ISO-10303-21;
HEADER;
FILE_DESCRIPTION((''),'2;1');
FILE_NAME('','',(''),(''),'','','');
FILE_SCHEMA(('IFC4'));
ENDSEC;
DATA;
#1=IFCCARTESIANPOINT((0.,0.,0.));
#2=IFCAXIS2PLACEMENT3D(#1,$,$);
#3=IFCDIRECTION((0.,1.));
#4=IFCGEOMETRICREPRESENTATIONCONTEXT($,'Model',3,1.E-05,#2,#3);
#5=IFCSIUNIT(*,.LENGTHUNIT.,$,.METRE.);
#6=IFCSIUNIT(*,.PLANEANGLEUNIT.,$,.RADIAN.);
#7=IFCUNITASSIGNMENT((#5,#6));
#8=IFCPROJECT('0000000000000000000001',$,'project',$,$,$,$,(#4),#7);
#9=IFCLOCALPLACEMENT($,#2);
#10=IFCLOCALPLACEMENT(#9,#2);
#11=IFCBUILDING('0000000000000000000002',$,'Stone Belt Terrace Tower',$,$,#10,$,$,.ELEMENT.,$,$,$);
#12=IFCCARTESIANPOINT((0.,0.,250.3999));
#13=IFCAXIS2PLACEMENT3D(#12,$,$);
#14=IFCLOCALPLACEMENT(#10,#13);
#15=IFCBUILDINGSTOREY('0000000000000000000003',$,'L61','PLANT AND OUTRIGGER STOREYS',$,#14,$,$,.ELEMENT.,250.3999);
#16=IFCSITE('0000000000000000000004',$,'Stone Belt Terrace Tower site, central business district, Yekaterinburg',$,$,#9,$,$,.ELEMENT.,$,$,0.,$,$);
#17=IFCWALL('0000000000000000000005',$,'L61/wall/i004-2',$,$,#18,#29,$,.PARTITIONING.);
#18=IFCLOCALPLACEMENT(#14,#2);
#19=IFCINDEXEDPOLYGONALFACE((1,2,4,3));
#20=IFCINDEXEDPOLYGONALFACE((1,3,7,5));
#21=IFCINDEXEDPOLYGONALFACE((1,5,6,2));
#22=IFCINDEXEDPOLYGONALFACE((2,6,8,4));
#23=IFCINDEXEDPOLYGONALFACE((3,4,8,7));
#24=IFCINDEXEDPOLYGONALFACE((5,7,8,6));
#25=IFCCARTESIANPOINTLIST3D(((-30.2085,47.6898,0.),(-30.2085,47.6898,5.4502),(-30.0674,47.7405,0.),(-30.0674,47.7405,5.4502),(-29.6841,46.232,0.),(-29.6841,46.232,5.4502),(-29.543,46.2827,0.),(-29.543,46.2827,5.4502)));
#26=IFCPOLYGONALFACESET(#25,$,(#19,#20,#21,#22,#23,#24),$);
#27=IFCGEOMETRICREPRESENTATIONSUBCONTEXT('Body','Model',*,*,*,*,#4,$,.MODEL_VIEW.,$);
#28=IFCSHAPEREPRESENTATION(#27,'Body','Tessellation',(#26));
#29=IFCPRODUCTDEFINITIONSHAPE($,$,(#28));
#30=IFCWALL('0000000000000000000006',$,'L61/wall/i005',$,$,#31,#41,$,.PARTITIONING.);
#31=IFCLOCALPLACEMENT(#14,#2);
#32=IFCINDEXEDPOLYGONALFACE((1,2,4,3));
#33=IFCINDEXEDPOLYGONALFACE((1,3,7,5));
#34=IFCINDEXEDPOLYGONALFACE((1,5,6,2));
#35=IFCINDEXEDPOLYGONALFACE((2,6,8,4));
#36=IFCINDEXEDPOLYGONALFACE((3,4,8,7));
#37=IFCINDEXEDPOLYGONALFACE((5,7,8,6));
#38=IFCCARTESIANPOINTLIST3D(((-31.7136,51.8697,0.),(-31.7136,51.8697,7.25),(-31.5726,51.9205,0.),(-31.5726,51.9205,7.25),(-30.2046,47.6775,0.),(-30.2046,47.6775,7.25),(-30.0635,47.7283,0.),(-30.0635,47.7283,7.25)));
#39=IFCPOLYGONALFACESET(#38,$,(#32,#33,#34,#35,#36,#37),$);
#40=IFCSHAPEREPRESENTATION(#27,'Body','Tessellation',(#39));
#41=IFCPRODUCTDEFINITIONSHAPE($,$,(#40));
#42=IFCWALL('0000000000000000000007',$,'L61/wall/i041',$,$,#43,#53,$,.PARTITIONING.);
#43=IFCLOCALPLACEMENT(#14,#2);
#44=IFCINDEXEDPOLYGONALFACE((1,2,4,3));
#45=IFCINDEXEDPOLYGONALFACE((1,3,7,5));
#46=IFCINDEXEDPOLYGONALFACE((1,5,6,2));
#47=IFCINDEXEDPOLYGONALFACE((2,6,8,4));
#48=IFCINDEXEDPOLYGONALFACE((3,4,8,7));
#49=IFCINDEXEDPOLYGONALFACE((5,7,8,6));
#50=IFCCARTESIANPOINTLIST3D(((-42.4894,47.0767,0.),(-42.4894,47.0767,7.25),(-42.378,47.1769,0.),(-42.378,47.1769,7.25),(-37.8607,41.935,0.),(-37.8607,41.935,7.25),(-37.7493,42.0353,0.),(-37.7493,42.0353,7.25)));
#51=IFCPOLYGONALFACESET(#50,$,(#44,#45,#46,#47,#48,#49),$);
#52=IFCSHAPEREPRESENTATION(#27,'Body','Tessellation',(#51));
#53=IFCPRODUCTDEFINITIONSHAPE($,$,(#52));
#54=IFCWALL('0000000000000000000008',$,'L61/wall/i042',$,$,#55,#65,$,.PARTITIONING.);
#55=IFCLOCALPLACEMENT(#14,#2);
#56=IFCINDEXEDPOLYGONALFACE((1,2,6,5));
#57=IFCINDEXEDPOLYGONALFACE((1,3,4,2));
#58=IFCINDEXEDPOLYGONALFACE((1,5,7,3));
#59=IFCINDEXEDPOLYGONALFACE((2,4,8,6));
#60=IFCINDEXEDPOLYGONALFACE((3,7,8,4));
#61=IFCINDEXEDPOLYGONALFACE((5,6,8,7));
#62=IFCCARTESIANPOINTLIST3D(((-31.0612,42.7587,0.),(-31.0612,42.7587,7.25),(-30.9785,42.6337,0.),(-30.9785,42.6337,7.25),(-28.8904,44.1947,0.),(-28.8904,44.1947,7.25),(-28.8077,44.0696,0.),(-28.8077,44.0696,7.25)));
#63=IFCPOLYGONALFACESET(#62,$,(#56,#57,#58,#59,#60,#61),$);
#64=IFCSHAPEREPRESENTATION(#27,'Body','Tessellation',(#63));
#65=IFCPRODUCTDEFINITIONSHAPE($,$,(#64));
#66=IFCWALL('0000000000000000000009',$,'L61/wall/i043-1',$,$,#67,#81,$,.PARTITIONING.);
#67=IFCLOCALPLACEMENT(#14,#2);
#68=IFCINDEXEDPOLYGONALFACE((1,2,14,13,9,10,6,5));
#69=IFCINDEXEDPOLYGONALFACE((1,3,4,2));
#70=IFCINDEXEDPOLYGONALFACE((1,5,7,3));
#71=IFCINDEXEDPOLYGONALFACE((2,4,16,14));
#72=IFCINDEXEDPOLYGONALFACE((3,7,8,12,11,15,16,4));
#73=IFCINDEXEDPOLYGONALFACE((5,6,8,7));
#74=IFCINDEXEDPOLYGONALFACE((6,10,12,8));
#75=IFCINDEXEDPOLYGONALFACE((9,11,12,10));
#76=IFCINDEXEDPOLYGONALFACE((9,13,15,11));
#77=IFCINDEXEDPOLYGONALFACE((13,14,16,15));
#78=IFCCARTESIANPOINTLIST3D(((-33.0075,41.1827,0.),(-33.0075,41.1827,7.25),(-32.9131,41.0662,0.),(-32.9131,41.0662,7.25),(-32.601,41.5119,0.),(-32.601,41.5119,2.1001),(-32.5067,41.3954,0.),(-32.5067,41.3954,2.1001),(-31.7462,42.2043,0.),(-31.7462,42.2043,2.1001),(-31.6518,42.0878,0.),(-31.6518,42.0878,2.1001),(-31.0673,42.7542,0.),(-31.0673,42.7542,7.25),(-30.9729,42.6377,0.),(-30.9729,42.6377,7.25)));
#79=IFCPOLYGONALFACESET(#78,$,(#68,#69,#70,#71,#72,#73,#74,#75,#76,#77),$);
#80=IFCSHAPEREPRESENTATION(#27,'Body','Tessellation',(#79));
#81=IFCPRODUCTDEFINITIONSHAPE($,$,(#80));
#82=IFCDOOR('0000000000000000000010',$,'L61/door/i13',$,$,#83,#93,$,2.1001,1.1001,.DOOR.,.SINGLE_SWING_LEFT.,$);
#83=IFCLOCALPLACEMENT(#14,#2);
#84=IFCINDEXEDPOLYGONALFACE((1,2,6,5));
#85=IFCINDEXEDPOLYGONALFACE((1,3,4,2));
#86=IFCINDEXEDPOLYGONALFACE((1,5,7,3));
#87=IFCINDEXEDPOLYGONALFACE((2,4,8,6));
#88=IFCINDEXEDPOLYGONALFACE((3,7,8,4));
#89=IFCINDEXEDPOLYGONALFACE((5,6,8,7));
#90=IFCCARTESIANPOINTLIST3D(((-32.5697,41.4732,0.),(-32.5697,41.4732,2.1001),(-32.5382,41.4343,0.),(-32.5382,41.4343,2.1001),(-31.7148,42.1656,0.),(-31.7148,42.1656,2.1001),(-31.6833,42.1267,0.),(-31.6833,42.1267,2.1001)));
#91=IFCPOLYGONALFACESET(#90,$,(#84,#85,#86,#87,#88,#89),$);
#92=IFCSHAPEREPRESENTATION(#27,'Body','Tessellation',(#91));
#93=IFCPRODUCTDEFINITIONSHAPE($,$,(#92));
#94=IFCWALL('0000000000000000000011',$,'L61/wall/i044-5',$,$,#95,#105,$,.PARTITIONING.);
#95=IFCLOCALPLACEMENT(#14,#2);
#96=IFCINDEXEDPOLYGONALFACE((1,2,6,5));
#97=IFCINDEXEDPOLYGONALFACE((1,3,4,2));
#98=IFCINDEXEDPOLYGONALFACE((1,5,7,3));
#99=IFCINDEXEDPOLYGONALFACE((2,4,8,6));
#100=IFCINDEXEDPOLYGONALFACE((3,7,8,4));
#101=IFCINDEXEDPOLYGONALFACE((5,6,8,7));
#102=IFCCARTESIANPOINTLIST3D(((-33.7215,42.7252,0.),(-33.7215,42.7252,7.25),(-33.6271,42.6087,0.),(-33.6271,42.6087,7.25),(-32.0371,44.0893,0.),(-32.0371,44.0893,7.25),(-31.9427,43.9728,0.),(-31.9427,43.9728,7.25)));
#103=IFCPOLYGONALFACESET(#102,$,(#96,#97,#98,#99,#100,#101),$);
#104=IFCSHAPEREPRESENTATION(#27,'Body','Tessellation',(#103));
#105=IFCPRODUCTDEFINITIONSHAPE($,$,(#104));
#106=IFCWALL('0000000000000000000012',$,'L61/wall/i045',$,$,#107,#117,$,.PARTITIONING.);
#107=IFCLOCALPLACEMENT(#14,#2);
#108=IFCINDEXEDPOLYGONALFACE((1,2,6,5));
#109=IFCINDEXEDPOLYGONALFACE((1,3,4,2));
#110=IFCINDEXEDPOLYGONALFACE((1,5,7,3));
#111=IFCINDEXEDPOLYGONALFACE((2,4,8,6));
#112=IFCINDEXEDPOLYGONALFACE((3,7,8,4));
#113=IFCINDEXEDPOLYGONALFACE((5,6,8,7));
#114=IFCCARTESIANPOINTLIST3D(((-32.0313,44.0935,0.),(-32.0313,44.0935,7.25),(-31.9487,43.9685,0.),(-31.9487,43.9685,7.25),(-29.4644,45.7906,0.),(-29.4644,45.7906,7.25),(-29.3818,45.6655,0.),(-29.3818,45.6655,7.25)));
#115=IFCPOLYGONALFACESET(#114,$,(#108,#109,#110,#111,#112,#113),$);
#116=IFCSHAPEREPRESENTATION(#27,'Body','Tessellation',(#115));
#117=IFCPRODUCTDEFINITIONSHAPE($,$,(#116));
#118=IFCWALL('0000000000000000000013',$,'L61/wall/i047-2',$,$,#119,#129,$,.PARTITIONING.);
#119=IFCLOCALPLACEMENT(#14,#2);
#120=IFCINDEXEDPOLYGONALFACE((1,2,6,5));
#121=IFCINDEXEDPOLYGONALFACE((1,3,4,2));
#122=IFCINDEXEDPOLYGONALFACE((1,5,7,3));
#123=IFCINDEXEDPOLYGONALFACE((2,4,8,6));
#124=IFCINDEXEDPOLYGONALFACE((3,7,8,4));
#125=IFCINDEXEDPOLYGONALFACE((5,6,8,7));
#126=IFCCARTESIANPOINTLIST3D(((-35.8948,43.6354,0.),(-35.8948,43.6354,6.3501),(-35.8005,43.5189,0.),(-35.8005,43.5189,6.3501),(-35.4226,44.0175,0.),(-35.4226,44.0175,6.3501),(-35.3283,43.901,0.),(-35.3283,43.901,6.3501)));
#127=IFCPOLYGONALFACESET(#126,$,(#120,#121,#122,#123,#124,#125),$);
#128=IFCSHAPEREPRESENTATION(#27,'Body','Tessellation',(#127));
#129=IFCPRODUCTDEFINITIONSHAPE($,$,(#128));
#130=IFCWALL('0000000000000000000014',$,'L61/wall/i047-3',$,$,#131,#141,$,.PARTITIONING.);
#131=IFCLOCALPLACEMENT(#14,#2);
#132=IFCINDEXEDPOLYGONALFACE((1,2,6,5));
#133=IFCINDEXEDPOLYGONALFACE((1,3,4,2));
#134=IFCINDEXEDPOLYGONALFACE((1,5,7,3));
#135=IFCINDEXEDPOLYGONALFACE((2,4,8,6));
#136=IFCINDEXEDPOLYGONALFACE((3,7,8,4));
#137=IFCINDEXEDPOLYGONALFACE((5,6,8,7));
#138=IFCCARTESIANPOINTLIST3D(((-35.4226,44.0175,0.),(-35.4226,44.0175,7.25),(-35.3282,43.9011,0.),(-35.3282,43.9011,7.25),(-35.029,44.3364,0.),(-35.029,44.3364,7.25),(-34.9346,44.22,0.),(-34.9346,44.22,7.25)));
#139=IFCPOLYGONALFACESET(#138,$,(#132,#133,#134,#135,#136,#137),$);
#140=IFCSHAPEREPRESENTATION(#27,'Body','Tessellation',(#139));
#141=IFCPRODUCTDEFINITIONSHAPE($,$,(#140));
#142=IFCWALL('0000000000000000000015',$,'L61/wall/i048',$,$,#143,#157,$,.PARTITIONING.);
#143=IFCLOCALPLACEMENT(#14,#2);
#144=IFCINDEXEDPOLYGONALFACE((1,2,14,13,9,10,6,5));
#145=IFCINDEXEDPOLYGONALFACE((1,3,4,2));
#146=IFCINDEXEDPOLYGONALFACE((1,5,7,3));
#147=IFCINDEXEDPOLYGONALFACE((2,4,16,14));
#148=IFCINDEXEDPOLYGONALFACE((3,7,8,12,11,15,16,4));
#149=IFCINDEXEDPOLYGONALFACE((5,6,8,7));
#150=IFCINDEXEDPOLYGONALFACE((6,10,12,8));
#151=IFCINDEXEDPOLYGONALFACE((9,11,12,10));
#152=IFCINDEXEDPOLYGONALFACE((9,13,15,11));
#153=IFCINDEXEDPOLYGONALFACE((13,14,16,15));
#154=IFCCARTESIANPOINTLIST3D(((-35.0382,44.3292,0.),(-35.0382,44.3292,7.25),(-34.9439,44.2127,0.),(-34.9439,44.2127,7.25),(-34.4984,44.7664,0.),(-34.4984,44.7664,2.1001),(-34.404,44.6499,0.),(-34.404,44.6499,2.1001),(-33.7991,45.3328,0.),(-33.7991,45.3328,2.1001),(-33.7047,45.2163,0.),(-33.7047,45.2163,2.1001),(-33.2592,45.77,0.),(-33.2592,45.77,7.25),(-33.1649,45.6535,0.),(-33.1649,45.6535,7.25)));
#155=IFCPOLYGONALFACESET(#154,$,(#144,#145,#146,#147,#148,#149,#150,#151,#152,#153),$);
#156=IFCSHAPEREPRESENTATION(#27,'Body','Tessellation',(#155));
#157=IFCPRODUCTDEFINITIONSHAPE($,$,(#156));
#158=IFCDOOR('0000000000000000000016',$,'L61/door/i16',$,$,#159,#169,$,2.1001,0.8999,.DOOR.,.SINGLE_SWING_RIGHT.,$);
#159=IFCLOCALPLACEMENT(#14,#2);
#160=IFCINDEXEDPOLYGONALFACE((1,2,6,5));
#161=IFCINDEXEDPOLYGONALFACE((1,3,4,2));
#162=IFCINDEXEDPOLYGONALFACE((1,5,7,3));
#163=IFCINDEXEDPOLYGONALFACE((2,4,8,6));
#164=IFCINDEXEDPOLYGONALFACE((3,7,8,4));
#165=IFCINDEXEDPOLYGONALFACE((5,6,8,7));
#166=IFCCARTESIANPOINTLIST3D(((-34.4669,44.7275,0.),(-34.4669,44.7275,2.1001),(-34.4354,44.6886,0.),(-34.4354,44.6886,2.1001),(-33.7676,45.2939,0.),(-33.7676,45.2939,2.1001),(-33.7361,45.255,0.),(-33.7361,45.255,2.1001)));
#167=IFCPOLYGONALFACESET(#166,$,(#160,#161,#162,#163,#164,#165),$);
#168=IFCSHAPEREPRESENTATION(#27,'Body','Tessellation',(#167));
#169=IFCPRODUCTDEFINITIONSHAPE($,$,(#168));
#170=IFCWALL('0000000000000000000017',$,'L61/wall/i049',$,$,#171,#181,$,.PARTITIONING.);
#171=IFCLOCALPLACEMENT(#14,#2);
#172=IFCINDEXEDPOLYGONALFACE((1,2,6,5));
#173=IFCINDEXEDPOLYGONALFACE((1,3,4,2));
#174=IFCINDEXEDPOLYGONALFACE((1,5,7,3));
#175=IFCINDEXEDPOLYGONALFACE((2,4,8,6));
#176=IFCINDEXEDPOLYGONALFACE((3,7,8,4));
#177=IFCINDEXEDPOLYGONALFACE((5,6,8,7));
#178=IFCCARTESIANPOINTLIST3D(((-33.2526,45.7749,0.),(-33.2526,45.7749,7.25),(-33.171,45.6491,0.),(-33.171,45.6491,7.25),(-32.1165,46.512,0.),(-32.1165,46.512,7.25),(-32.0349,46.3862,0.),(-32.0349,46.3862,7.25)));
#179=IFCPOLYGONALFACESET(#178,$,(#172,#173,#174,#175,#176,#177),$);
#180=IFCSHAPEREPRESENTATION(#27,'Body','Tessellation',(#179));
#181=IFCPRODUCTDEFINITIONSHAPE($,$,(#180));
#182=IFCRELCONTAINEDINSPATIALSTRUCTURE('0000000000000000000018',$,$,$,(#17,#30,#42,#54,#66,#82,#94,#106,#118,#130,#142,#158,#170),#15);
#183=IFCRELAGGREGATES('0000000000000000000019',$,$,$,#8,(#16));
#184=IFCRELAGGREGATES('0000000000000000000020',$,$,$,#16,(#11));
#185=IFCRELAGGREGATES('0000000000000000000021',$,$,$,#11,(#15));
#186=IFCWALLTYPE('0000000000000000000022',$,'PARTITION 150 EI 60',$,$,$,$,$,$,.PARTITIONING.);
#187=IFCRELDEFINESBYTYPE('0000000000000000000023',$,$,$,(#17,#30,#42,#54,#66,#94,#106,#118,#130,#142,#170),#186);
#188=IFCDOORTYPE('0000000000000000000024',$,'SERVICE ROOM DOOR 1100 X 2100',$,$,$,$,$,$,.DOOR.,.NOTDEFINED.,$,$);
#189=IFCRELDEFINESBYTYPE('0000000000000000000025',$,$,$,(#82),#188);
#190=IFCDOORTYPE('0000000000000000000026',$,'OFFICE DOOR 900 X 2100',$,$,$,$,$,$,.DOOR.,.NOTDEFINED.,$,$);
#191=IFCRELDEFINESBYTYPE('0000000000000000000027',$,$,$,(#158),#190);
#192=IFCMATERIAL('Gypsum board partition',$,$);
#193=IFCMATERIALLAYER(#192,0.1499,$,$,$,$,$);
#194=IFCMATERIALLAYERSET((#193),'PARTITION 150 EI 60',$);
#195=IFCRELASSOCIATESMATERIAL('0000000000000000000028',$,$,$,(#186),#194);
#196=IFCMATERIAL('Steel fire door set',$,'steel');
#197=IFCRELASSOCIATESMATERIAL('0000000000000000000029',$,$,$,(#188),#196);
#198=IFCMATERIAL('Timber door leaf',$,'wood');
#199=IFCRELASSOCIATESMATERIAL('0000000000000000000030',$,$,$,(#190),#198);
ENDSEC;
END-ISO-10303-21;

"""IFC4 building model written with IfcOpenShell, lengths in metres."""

from ifc_helpers import new_model, si_unit, direction, frame, frame_2d, origin, place, context, subcontext, project, spatial, rectangle, extrude, material, layer, layer_set, type_object, element, fill, save


model = new_model("IFC4")

# Units and contexts
model_context = context("Model", 3, precision=1e-05, world=origin(), true_north=direction((0.0, 1.0)))
body_context = subcontext(model_context, "Body", "Model", "MODEL_VIEW")
ifc_project = project(units=[si_unit("LENGTHUNIT", "METRE"), si_unit("PLANEANGLEUNIT", "RADIAN")], contexts=[model_context])

# Site, building, storey
site_placement = place(None, origin())
site = spatial("IfcSite", under=ifc_project, at=site_placement, Name="Stone Belt Terrace Tower site, central business district, Yekaterinburg", CompositionType="ELEMENT", RefElevation=0.0)
building_placement = place(site_placement, origin())
building = spatial("IfcBuilding", under=site, at=building_placement, Name="Stone Belt Terrace Tower", CompositionType="ELEMENT")
storey_placement = place(building_placement, frame((0.0, 0.0, 250.3999)))
storey = spatial("IfcBuildingStorey", under=building, at=storey_placement, Name="L61", Description="PLANT AND OUTRIGGER STOREYS", CompositionType="ELEMENT", Elevation=250.3999)

# Walls
ifc_material_1 = material(Name="Gypsum board partition")
ifc_layer_1 = layer(ifc_material_1, 0.1499)
ifc_layer_set_1 = layer_set([ifc_layer_1], Name="PARTITION 150 EI 60")
wall_type_1 = type_object("IfcWallType", Name="PARTITION 150 EI 60", PredefinedType="PARTITIONING", material=ifc_layer_set_1)
wall_1_placement = place(storey_placement, frame((-29.6135, 46.2573, 0.0), z_axis=(0.0, 0.0, 1.0), x_axis=(-0.338502, 0.940966, 0.0)))
element("IfcWall", 1, at=wall_1_placement, inside=storey, type_object=wall_type_1, Name="L61/wall/i004-2", PredefinedType="PARTITIONING", context=body_context, shape_type="SweptSolid", body=[
    extrude(rectangle(XDim=1.5493, YDim=0.1499, at=frame_2d((0.7747, 0.0))), origin(), (0.0, 0.0, 1.0), 5.4502),
])
wall_2_placement = place(storey_placement, frame((-30.134, 47.7029, 0.0), z_axis=(0.0, 0.0, 1.0), x_axis=(-0.338692, 0.940897, 0.0)))
element("IfcWall", 2, at=wall_2_placement, inside=storey, type_object=wall_type_1, Name="L61/wall/i005", PredefinedType="PARTITIONING", context=body_context, shape_type="SweptSolid", body=[
    extrude(rectangle(XDim=4.4556, YDim=0.1499, at=frame_2d((2.2278, 0.0))), origin(), (0.0, 0.0, 1.0), 7.25),
])
wall_3_placement = place(storey_placement, frame((-42.4336, 47.1267, 0.0), z_axis=(0.0, 0.0, 1.0), x_axis=(0.669062, -0.743206, 0.0)))
element("IfcWall", 3, at=wall_3_placement, inside=storey, type_object=wall_type_1, Name="L61/wall/i041", PredefinedType="PARTITIONING", context=body_context, shape_type="SweptSolid", body=[
    extrude(rectangle(XDim=6.9182, YDim=0.1499, at=frame_2d((3.459, 0.0))), origin(), (0.0, 0.0, 1.0), 7.25),
])
wall_4_placement = place(storey_placement, frame((-28.8491, 44.1321, 0.0), z_axis=(0.0, 0.0, 1.0), x_axis=(-0.834036, -0.55171, 0.0)))
element("IfcWall", 4, at=wall_4_placement, inside=storey, type_object=wall_type_1, Name="L61/wall/i042", PredefinedType="PARTITIONING", context=body_context, shape_type="SweptSolid", body=[
    extrude(rectangle(XDim=2.6028, YDim=0.1499, at=frame_2d((1.3013, 0.0))), origin(), (0.0, 0.0, 1.0), 7.25),
])

# Wall, opening, door
wall_5_placement = place(storey_placement, frame((-31.02, 42.696, 0.0), z_axis=(0.0, 0.0, 1.0), x_axis=(-0.777067, -0.629418, 0.0)))
wall_5 = element("IfcWall", 5, at=wall_5_placement, inside=storey, type_object=wall_type_1, Name="L61/wall/i043-1", PredefinedType="PARTITIONING", context=body_context, shape_type="SweptSolid", body=[
    extrude(rectangle(XDim=2.4968, YDim=0.1499, at=frame_2d((1.2485, 0.0))), origin(), (0.0, 0.0, 1.0), 7.25),
])
opening_1_placement = place(wall_5_placement, frame((0.8738, 0.0, 0.0)))
opening_1 = element("IfcOpeningElement", 6, at=opening_1_placement, cuts=wall_5, PredefinedType="OPENING", context=body_context, shape_type="SweptSolid", body=[
    extrude(rectangle(XDim=1.1001, YDim=2.1001, at=frame_2d((0.55, 1.05))), frame((0.0, 0.085, 0.0), z_axis=(0.0, -1.0, 0.0), x_axis=(1.0, 0.0, 0.0)), (0.0, 0.0, 1.0), 0.1699),
])
ifc_material_2 = material(Name="Steel fire door set", Category="steel")
door_type_1 = type_object("IfcDoorType", Name="SERVICE ROOM DOOR 1100 X 2100", OperationType="NOTDEFINED", PredefinedType="DOOR", material=ifc_material_2)
door_1_placement = place(opening_1_placement, origin())
door_1 = element("IfcDoor", 7, at=door_1_placement, inside=storey, type_object=door_type_1, Name="L61/door/i13", OperationType="SINGLE_SWING_LEFT", OverallHeight=2.1001, OverallWidth=1.1001, PredefinedType="DOOR", context=body_context, shape_type="SweptSolid", body=[
    extrude(rectangle(XDim=1.1001, YDim=2.1001, at=frame_2d((0.55, 1.05))), frame((0.0, 0.0249, 0.0), z_axis=(0.0, -1.0, 0.0), x_axis=(1.0, 0.0, 0.0)), (0.0, 0.0, 1.0), 0.05),
])
fill(opening_1, door_1)

# Walls
wall_6_placement = place(storey_placement, frame((-33.6743, 42.667, 0.0), z_axis=(0.0, 0.0, 1.0), x_axis=(0.777129, 0.629341, 0.0)))
element("IfcWall", 8, at=wall_6_placement, inside=storey, type_object=wall_type_1, Name="L61/wall/i044-5", PredefinedType="PARTITIONING", context=body_context, shape_type="SweptSolid", body=[
    extrude(rectangle(XDim=2.1675, YDim=0.1499, at=frame_2d((1.0837, 0.0))), origin(), (0.0, 0.0, 1.0), 7.25),
])
wall_7_placement = place(storey_placement, frame((-31.99, 44.031, 0.0), z_axis=(0.0, 0.0, 1.0), x_axis=(0.83418, 0.551492, 0.0)))
element("IfcWall", 9, at=wall_7_placement, inside=storey, type_object=wall_type_1, Name="L61/wall/i045", PredefinedType="PARTITIONING", context=body_context, shape_type="SweptSolid", body=[
    extrude(rectangle(XDim=3.0771, YDim=0.1499, at=frame_2d((1.5386, 0.0))), origin(), (0.0, 0.0, 1.0), 7.25),
])
wall_8_placement = place(storey_placement, frame((-35.8477, 43.5771, 0.0), z_axis=(0.0, 0.0, 1.0), x_axis=(0.777367, 0.629048, 0.0)))
element("IfcWall", 10, at=wall_8_placement, inside=storey, type_object=wall_type_1, Name="L61/wall/i047-2", PredefinedType="PARTITIONING", context=body_context, shape_type="SweptSolid", body=[
    extrude(rectangle(XDim=0.6074, YDim=0.1499, at=frame_2d((0.3037, 0.0))), origin(), (0.0, 0.0, 1.0), 6.3501),
])
wall_9_placement = place(storey_placement, frame((-35.3755, 43.9592, 0.0), z_axis=(0.0, 0.0, 1.0), x_axis=(0.776998, 0.629503, 0.0)))
element("IfcWall", 11, at=wall_9_placement, inside=storey, type_object=wall_type_1, Name="L61/wall/i047-3", PredefinedType="PARTITIONING", context=body_context, shape_type="SweptSolid", body=[
    extrude(rectangle(XDim=0.5066, YDim=0.1499, at=frame_2d((0.2534, 0.0))), origin(), (0.0, 0.0, 1.0), 7.25),
])

# Wall, opening, door
wall_10_placement = place(storey_placement, frame((-34.991, 44.271, 0.0), z_axis=(0.0, 0.0, 1.0), x_axis=(0.777088, 0.629391, 0.0)))
wall_10 = element("IfcWall", 12, at=wall_10_placement, inside=storey, type_object=wall_type_1, Name="L61/wall/i048", PredefinedType="PARTITIONING", context=body_context, shape_type="SweptSolid", body=[
    extrude(rectangle(XDim=2.2893, YDim=0.1499, at=frame_2d((1.1445, 0.0))), origin(), (0.0, 0.0, 1.0), 7.25),
])
opening_2_placement = place(wall_10_placement, frame((0.6946, 0.0, 0.0)))
opening_2 = element("IfcOpeningElement", 13, at=opening_2_placement, cuts=wall_10, PredefinedType="OPENING", context=body_context, shape_type="SweptSolid", body=[
    extrude(rectangle(XDim=0.8999, YDim=2.1001, at=frame_2d((0.45, 1.05))), frame((0.0, 0.085, 0.0), z_axis=(0.0, -1.0, 0.0), x_axis=(1.0, 0.0, 0.0)), (0.0, 0.0, 1.0), 0.1699),
])
ifc_material_3 = material(Name="Timber door leaf", Category="wood")
door_type_2 = type_object("IfcDoorType", Name="OFFICE DOOR 900 X 2100", OperationType="NOTDEFINED", PredefinedType="DOOR", material=ifc_material_3)
door_2_placement = place(opening_2_placement, origin())
door_2 = element("IfcDoor", 14, at=door_2_placement, inside=storey, type_object=door_type_2, Name="L61/door/i16", OperationType="SINGLE_SWING_RIGHT", OverallHeight=2.1001, OverallWidth=0.8999, PredefinedType="DOOR", context=body_context, shape_type="SweptSolid", body=[
    extrude(rectangle(XDim=0.8999, YDim=2.1001, at=frame_2d((0.45, 1.05))), frame((0.0, 0.0249, 0.0), z_axis=(0.0, -1.0, 0.0), x_axis=(1.0, 0.0, 0.0)), (0.0, 0.0, 1.0), 0.05),
])
fill(opening_2, door_2)

# Wall
wall_11_placement = place(storey_placement, frame((-33.2119, 45.7119, 0.0), z_axis=(0.0, 0.0, 1.0), x_axis=(0.838892, 0.544297, 0.0)))
element("IfcWall", 15, at=wall_11_placement, inside=storey, type_object=wall_type_1, Name="L61/wall/i049", PredefinedType="PARTITIONING", context=body_context, shape_type="SweptSolid", body=[
    extrude(rectangle(XDim=1.3542, YDim=0.1499, at=frame_2d((0.6772, 0.0))), origin(), (0.0, 0.0, 1.0), 7.25),
])

save(model, "model.ifc")
